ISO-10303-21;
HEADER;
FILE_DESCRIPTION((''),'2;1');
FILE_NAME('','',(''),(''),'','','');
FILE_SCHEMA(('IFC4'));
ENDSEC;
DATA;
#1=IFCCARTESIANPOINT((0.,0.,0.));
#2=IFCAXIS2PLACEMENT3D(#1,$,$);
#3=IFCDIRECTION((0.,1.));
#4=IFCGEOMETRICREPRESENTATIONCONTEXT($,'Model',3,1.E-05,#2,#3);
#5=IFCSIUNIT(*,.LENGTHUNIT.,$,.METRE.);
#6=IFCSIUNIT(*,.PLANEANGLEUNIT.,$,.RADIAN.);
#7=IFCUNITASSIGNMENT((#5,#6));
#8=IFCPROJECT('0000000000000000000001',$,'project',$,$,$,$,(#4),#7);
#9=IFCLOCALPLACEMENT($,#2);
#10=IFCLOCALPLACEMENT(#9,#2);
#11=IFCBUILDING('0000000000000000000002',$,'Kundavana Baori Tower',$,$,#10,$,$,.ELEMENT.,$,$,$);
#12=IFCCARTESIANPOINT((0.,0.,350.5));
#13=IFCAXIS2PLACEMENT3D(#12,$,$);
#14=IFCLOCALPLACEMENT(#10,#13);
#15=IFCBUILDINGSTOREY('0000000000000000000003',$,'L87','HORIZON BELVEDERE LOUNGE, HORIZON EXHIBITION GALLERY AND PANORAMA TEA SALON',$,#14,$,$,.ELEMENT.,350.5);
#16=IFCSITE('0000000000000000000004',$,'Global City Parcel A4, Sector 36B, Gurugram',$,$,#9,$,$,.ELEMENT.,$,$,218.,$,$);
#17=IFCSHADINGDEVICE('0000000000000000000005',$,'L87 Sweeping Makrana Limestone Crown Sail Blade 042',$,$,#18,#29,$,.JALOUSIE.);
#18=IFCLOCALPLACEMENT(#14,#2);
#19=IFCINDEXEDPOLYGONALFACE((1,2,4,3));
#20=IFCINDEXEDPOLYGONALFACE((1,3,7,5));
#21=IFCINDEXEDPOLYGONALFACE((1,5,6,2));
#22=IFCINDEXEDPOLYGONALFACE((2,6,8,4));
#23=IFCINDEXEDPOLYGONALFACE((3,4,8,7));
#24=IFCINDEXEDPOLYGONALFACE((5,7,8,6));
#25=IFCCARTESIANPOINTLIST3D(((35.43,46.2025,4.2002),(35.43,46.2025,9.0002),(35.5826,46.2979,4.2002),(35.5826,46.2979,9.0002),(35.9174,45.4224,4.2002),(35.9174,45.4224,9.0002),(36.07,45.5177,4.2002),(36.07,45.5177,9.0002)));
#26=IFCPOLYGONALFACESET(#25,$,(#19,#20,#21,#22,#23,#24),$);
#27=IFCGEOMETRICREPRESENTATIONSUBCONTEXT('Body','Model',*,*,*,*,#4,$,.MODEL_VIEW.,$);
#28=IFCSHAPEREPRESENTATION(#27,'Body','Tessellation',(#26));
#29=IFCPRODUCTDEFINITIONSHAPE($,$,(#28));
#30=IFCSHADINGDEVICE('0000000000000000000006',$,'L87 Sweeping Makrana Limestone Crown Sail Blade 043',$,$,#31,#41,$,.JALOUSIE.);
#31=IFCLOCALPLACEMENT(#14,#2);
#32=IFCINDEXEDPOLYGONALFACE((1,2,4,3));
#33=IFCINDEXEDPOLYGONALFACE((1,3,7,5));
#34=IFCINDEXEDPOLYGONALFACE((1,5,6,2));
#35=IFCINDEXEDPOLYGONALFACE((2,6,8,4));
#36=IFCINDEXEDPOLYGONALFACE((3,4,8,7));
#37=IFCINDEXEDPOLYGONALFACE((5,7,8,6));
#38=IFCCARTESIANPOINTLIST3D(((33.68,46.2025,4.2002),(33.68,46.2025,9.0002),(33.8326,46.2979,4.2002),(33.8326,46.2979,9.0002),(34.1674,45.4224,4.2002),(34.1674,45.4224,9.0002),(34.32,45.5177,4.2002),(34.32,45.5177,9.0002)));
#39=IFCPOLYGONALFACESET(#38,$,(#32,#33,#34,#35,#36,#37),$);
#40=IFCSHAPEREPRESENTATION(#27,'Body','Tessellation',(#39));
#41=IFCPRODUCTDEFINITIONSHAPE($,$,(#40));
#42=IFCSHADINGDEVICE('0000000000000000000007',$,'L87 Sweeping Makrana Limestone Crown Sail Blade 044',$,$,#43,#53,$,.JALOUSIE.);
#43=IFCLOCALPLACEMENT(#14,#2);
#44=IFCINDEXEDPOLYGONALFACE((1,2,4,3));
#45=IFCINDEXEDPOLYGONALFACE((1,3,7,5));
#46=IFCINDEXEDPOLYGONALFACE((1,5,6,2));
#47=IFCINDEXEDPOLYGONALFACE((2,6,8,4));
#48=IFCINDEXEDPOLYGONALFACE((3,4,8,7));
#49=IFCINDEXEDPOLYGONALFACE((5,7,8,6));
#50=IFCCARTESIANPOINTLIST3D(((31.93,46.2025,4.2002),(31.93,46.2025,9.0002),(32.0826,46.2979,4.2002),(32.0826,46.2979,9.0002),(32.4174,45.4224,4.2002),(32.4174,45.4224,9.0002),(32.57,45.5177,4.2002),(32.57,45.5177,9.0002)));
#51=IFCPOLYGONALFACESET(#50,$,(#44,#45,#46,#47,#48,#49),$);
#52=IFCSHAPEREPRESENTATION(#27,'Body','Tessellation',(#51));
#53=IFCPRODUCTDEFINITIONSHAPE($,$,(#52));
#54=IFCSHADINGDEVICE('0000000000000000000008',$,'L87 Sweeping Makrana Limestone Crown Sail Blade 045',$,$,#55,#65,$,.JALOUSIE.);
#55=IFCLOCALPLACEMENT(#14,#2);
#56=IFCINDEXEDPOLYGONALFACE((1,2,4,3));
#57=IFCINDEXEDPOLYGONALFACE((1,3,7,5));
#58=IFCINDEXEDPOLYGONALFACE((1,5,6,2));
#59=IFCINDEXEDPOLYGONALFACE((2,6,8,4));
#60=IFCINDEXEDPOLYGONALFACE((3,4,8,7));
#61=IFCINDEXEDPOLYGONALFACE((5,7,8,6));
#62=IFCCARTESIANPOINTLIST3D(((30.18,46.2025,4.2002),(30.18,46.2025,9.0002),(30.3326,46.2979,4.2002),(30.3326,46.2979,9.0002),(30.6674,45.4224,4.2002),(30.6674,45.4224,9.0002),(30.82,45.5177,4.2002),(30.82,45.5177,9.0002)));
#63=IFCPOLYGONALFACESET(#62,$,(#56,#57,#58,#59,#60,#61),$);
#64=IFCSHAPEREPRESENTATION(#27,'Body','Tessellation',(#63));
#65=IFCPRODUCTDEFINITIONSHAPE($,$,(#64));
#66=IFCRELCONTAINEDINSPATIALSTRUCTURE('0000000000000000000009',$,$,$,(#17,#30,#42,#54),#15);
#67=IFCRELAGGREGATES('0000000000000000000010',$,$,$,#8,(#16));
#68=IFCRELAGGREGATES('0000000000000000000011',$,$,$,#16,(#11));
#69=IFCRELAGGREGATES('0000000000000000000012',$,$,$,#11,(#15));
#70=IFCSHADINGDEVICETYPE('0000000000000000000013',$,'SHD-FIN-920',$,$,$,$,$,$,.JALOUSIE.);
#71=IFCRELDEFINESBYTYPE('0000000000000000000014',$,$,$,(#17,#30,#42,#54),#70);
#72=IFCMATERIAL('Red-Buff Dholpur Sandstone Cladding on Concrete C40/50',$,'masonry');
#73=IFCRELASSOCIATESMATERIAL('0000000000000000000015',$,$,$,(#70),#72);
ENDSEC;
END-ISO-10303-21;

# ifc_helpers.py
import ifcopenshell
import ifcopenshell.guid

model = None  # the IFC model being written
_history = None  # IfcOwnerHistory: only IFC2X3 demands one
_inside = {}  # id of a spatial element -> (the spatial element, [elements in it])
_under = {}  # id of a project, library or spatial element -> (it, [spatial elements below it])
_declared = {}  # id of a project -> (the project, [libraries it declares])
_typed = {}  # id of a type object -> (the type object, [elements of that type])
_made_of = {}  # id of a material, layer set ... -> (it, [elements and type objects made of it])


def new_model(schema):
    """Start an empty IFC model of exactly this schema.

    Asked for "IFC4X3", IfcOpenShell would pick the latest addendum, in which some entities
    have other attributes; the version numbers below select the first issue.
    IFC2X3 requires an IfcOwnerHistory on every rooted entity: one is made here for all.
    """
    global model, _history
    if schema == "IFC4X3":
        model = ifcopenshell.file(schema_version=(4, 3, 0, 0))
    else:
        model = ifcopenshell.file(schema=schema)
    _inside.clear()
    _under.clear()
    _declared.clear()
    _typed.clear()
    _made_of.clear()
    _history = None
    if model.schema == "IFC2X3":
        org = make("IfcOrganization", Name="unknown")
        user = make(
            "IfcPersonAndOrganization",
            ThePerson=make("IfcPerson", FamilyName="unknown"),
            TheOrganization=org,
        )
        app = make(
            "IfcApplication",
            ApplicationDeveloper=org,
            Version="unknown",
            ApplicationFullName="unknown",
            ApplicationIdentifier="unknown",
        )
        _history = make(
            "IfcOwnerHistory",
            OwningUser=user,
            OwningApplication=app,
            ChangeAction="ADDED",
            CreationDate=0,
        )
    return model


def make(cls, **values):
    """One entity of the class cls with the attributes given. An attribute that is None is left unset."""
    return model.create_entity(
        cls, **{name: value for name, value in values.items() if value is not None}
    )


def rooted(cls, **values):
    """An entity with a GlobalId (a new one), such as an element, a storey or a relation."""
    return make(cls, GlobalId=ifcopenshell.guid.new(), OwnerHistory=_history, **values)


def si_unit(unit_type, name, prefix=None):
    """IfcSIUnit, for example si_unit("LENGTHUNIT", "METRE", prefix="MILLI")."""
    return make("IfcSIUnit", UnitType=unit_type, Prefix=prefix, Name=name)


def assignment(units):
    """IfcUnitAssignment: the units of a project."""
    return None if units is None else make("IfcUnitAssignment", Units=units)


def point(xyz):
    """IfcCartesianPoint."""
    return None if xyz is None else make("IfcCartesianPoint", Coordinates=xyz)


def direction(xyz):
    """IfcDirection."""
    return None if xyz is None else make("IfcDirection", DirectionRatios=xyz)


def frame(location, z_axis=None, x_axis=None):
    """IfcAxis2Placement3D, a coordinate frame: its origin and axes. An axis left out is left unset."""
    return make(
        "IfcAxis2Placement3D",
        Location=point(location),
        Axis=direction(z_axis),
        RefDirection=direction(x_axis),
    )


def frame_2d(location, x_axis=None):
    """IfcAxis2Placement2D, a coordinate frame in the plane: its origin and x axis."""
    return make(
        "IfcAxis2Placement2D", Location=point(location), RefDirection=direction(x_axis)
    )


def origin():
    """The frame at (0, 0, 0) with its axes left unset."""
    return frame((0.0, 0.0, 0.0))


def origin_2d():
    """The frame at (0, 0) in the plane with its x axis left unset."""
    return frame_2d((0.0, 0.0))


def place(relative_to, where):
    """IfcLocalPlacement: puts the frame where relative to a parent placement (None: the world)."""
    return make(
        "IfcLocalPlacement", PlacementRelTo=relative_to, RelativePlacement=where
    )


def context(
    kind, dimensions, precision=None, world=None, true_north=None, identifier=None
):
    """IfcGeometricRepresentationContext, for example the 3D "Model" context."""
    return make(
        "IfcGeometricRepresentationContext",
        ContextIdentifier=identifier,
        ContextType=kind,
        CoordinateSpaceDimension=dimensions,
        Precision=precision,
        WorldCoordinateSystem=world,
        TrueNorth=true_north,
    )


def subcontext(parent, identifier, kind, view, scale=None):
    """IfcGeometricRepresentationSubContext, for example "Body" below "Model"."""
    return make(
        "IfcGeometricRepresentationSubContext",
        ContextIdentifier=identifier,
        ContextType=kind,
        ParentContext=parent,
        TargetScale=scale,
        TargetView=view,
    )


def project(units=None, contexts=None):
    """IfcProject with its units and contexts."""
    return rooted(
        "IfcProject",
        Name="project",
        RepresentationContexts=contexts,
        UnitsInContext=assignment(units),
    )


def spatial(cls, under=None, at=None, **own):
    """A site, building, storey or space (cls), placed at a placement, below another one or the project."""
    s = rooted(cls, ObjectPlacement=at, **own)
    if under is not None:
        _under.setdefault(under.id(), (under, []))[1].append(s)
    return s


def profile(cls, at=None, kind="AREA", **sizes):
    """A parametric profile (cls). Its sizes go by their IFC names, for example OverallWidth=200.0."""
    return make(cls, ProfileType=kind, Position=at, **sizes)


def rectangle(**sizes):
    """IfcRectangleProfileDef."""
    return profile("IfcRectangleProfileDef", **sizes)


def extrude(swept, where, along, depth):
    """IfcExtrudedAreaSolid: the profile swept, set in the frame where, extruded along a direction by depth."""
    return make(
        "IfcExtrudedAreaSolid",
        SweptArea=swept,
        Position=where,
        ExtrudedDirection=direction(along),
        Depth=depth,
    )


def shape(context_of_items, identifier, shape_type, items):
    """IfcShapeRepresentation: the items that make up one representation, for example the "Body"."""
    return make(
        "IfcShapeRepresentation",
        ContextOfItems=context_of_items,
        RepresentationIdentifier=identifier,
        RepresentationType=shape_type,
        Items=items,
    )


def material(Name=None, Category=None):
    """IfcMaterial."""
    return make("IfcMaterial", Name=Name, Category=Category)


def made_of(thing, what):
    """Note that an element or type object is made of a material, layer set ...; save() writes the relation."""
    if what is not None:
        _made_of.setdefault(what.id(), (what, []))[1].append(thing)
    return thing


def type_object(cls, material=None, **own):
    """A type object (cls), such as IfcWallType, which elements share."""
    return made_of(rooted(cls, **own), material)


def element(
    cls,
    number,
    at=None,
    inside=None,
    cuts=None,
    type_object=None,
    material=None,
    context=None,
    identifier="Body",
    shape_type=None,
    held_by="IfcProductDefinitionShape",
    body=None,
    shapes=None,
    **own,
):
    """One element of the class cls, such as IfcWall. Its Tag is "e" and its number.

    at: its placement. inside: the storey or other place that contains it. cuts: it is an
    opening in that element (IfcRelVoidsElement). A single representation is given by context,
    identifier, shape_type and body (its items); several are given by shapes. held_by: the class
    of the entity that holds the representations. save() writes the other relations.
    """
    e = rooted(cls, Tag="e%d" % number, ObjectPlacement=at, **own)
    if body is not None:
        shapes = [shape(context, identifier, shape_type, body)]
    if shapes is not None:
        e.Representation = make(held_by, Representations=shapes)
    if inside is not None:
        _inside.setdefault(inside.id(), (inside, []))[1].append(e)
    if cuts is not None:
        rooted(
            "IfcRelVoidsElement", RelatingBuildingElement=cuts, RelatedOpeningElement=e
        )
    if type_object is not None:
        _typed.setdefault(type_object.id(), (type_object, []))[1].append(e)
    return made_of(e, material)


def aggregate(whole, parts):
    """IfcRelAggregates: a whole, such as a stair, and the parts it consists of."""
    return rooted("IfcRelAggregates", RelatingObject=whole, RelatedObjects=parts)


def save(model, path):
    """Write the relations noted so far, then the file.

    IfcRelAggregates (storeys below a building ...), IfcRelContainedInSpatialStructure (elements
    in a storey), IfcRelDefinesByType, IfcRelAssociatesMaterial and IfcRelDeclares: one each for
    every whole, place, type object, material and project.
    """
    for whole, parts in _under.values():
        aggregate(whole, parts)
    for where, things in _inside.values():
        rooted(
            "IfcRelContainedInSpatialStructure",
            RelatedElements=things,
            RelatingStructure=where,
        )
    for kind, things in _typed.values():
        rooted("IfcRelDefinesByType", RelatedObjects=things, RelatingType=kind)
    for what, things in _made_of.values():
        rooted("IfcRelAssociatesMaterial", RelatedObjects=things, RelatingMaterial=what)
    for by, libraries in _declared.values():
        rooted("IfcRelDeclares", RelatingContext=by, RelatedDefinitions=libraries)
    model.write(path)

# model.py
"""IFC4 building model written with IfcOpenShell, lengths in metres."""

from ifc_helpers import new_model, si_unit, direction, frame, origin, origin_2d, place, context, subcontext, project, spatial, rectangle, extrude, material, type_object, element, save


model = new_model("IFC4")

# Units and contexts
model_context = context("Model", 3, precision=1e-05, world=origin(), true_north=direction((0.0, 1.0)))
body_context = subcontext(model_context, "Body", "Model", "MODEL_VIEW")
ifc_project = project(units=[si_unit("LENGTHUNIT", "METRE"), si_unit("PLANEANGLEUNIT", "RADIAN")], contexts=[model_context])

# Site, building, storey
site_placement = place(None, origin())
site = spatial("IfcSite", under=ifc_project, at=site_placement, Name="Global City Parcel A4, Sector 36B, Gurugram", CompositionType="ELEMENT", RefElevation=218.0)
building_placement = place(site_placement, origin())
building = spatial("IfcBuilding", under=site, at=building_placement, Name="Kundavana Baori Tower", CompositionType="ELEMENT")
storey_placement = place(building_placement, frame((0.0, 0.0, 350.5)))
storey = spatial("IfcBuildingStorey", under=building, at=storey_placement, Name="L87", Description="HORIZON BELVEDERE LOUNGE, HORIZON EXHIBITION GALLERY AND PANORAMA TEA SALON", CompositionType="ELEMENT", Elevation=350.5)

# Shading devices
ifc_material_1 = material(Name="Red-Buff Dholpur Sandstone Cladding on Concrete C40/50", Category="masonry")
shading_device_type = type_object("IfcShadingDeviceType", Name="SHD-FIN-920", PredefinedType="JALOUSIE", material=ifc_material_1)
for number, where, z_axis, x_axis, name in (
    (1, (35.75, 45.8601, 4.2002), (0.0, 0.0, 1.0), (0.848048, 0.529919, 0.0), "L87 Sweeping Makrana Limestone Crown Sail Blade 042"),
    (2, (34.0, 45.8601, 4.2002), (0.0, 0.0, 1.0), (0.848048, 0.529919, 0.0), "L87 Sweeping Makrana Limestone Crown Sail Blade 043"),
    (3, (32.25, 45.8601, 4.2002), (0.0, 0.0, 1.0), (0.848048, 0.529919, 0.0), "L87 Sweeping Makrana Limestone Crown Sail Blade 044"),
    (4, (30.5, 45.8601, 4.2002), (0.0, 0.0, 1.0), (0.848048, 0.529919, 0.0), "L87 Sweeping Makrana Limestone Crown Sail Blade 045"),
):
    element("IfcShadingDevice", number, at=place(storey_placement, frame(where, z_axis=z_axis, x_axis=x_axis)), inside=storey, type_object=shading_device_type, Name=name, PredefinedType="JALOUSIE", context=body_context, shape_type="SweptSolid", body=[
        extrude(rectangle(XDim=0.1799, YDim=0.9199, at=origin_2d()), origin(), (0.0, 0.0, 1.0), 4.8),
    ])

save(model, "model.ifc")
